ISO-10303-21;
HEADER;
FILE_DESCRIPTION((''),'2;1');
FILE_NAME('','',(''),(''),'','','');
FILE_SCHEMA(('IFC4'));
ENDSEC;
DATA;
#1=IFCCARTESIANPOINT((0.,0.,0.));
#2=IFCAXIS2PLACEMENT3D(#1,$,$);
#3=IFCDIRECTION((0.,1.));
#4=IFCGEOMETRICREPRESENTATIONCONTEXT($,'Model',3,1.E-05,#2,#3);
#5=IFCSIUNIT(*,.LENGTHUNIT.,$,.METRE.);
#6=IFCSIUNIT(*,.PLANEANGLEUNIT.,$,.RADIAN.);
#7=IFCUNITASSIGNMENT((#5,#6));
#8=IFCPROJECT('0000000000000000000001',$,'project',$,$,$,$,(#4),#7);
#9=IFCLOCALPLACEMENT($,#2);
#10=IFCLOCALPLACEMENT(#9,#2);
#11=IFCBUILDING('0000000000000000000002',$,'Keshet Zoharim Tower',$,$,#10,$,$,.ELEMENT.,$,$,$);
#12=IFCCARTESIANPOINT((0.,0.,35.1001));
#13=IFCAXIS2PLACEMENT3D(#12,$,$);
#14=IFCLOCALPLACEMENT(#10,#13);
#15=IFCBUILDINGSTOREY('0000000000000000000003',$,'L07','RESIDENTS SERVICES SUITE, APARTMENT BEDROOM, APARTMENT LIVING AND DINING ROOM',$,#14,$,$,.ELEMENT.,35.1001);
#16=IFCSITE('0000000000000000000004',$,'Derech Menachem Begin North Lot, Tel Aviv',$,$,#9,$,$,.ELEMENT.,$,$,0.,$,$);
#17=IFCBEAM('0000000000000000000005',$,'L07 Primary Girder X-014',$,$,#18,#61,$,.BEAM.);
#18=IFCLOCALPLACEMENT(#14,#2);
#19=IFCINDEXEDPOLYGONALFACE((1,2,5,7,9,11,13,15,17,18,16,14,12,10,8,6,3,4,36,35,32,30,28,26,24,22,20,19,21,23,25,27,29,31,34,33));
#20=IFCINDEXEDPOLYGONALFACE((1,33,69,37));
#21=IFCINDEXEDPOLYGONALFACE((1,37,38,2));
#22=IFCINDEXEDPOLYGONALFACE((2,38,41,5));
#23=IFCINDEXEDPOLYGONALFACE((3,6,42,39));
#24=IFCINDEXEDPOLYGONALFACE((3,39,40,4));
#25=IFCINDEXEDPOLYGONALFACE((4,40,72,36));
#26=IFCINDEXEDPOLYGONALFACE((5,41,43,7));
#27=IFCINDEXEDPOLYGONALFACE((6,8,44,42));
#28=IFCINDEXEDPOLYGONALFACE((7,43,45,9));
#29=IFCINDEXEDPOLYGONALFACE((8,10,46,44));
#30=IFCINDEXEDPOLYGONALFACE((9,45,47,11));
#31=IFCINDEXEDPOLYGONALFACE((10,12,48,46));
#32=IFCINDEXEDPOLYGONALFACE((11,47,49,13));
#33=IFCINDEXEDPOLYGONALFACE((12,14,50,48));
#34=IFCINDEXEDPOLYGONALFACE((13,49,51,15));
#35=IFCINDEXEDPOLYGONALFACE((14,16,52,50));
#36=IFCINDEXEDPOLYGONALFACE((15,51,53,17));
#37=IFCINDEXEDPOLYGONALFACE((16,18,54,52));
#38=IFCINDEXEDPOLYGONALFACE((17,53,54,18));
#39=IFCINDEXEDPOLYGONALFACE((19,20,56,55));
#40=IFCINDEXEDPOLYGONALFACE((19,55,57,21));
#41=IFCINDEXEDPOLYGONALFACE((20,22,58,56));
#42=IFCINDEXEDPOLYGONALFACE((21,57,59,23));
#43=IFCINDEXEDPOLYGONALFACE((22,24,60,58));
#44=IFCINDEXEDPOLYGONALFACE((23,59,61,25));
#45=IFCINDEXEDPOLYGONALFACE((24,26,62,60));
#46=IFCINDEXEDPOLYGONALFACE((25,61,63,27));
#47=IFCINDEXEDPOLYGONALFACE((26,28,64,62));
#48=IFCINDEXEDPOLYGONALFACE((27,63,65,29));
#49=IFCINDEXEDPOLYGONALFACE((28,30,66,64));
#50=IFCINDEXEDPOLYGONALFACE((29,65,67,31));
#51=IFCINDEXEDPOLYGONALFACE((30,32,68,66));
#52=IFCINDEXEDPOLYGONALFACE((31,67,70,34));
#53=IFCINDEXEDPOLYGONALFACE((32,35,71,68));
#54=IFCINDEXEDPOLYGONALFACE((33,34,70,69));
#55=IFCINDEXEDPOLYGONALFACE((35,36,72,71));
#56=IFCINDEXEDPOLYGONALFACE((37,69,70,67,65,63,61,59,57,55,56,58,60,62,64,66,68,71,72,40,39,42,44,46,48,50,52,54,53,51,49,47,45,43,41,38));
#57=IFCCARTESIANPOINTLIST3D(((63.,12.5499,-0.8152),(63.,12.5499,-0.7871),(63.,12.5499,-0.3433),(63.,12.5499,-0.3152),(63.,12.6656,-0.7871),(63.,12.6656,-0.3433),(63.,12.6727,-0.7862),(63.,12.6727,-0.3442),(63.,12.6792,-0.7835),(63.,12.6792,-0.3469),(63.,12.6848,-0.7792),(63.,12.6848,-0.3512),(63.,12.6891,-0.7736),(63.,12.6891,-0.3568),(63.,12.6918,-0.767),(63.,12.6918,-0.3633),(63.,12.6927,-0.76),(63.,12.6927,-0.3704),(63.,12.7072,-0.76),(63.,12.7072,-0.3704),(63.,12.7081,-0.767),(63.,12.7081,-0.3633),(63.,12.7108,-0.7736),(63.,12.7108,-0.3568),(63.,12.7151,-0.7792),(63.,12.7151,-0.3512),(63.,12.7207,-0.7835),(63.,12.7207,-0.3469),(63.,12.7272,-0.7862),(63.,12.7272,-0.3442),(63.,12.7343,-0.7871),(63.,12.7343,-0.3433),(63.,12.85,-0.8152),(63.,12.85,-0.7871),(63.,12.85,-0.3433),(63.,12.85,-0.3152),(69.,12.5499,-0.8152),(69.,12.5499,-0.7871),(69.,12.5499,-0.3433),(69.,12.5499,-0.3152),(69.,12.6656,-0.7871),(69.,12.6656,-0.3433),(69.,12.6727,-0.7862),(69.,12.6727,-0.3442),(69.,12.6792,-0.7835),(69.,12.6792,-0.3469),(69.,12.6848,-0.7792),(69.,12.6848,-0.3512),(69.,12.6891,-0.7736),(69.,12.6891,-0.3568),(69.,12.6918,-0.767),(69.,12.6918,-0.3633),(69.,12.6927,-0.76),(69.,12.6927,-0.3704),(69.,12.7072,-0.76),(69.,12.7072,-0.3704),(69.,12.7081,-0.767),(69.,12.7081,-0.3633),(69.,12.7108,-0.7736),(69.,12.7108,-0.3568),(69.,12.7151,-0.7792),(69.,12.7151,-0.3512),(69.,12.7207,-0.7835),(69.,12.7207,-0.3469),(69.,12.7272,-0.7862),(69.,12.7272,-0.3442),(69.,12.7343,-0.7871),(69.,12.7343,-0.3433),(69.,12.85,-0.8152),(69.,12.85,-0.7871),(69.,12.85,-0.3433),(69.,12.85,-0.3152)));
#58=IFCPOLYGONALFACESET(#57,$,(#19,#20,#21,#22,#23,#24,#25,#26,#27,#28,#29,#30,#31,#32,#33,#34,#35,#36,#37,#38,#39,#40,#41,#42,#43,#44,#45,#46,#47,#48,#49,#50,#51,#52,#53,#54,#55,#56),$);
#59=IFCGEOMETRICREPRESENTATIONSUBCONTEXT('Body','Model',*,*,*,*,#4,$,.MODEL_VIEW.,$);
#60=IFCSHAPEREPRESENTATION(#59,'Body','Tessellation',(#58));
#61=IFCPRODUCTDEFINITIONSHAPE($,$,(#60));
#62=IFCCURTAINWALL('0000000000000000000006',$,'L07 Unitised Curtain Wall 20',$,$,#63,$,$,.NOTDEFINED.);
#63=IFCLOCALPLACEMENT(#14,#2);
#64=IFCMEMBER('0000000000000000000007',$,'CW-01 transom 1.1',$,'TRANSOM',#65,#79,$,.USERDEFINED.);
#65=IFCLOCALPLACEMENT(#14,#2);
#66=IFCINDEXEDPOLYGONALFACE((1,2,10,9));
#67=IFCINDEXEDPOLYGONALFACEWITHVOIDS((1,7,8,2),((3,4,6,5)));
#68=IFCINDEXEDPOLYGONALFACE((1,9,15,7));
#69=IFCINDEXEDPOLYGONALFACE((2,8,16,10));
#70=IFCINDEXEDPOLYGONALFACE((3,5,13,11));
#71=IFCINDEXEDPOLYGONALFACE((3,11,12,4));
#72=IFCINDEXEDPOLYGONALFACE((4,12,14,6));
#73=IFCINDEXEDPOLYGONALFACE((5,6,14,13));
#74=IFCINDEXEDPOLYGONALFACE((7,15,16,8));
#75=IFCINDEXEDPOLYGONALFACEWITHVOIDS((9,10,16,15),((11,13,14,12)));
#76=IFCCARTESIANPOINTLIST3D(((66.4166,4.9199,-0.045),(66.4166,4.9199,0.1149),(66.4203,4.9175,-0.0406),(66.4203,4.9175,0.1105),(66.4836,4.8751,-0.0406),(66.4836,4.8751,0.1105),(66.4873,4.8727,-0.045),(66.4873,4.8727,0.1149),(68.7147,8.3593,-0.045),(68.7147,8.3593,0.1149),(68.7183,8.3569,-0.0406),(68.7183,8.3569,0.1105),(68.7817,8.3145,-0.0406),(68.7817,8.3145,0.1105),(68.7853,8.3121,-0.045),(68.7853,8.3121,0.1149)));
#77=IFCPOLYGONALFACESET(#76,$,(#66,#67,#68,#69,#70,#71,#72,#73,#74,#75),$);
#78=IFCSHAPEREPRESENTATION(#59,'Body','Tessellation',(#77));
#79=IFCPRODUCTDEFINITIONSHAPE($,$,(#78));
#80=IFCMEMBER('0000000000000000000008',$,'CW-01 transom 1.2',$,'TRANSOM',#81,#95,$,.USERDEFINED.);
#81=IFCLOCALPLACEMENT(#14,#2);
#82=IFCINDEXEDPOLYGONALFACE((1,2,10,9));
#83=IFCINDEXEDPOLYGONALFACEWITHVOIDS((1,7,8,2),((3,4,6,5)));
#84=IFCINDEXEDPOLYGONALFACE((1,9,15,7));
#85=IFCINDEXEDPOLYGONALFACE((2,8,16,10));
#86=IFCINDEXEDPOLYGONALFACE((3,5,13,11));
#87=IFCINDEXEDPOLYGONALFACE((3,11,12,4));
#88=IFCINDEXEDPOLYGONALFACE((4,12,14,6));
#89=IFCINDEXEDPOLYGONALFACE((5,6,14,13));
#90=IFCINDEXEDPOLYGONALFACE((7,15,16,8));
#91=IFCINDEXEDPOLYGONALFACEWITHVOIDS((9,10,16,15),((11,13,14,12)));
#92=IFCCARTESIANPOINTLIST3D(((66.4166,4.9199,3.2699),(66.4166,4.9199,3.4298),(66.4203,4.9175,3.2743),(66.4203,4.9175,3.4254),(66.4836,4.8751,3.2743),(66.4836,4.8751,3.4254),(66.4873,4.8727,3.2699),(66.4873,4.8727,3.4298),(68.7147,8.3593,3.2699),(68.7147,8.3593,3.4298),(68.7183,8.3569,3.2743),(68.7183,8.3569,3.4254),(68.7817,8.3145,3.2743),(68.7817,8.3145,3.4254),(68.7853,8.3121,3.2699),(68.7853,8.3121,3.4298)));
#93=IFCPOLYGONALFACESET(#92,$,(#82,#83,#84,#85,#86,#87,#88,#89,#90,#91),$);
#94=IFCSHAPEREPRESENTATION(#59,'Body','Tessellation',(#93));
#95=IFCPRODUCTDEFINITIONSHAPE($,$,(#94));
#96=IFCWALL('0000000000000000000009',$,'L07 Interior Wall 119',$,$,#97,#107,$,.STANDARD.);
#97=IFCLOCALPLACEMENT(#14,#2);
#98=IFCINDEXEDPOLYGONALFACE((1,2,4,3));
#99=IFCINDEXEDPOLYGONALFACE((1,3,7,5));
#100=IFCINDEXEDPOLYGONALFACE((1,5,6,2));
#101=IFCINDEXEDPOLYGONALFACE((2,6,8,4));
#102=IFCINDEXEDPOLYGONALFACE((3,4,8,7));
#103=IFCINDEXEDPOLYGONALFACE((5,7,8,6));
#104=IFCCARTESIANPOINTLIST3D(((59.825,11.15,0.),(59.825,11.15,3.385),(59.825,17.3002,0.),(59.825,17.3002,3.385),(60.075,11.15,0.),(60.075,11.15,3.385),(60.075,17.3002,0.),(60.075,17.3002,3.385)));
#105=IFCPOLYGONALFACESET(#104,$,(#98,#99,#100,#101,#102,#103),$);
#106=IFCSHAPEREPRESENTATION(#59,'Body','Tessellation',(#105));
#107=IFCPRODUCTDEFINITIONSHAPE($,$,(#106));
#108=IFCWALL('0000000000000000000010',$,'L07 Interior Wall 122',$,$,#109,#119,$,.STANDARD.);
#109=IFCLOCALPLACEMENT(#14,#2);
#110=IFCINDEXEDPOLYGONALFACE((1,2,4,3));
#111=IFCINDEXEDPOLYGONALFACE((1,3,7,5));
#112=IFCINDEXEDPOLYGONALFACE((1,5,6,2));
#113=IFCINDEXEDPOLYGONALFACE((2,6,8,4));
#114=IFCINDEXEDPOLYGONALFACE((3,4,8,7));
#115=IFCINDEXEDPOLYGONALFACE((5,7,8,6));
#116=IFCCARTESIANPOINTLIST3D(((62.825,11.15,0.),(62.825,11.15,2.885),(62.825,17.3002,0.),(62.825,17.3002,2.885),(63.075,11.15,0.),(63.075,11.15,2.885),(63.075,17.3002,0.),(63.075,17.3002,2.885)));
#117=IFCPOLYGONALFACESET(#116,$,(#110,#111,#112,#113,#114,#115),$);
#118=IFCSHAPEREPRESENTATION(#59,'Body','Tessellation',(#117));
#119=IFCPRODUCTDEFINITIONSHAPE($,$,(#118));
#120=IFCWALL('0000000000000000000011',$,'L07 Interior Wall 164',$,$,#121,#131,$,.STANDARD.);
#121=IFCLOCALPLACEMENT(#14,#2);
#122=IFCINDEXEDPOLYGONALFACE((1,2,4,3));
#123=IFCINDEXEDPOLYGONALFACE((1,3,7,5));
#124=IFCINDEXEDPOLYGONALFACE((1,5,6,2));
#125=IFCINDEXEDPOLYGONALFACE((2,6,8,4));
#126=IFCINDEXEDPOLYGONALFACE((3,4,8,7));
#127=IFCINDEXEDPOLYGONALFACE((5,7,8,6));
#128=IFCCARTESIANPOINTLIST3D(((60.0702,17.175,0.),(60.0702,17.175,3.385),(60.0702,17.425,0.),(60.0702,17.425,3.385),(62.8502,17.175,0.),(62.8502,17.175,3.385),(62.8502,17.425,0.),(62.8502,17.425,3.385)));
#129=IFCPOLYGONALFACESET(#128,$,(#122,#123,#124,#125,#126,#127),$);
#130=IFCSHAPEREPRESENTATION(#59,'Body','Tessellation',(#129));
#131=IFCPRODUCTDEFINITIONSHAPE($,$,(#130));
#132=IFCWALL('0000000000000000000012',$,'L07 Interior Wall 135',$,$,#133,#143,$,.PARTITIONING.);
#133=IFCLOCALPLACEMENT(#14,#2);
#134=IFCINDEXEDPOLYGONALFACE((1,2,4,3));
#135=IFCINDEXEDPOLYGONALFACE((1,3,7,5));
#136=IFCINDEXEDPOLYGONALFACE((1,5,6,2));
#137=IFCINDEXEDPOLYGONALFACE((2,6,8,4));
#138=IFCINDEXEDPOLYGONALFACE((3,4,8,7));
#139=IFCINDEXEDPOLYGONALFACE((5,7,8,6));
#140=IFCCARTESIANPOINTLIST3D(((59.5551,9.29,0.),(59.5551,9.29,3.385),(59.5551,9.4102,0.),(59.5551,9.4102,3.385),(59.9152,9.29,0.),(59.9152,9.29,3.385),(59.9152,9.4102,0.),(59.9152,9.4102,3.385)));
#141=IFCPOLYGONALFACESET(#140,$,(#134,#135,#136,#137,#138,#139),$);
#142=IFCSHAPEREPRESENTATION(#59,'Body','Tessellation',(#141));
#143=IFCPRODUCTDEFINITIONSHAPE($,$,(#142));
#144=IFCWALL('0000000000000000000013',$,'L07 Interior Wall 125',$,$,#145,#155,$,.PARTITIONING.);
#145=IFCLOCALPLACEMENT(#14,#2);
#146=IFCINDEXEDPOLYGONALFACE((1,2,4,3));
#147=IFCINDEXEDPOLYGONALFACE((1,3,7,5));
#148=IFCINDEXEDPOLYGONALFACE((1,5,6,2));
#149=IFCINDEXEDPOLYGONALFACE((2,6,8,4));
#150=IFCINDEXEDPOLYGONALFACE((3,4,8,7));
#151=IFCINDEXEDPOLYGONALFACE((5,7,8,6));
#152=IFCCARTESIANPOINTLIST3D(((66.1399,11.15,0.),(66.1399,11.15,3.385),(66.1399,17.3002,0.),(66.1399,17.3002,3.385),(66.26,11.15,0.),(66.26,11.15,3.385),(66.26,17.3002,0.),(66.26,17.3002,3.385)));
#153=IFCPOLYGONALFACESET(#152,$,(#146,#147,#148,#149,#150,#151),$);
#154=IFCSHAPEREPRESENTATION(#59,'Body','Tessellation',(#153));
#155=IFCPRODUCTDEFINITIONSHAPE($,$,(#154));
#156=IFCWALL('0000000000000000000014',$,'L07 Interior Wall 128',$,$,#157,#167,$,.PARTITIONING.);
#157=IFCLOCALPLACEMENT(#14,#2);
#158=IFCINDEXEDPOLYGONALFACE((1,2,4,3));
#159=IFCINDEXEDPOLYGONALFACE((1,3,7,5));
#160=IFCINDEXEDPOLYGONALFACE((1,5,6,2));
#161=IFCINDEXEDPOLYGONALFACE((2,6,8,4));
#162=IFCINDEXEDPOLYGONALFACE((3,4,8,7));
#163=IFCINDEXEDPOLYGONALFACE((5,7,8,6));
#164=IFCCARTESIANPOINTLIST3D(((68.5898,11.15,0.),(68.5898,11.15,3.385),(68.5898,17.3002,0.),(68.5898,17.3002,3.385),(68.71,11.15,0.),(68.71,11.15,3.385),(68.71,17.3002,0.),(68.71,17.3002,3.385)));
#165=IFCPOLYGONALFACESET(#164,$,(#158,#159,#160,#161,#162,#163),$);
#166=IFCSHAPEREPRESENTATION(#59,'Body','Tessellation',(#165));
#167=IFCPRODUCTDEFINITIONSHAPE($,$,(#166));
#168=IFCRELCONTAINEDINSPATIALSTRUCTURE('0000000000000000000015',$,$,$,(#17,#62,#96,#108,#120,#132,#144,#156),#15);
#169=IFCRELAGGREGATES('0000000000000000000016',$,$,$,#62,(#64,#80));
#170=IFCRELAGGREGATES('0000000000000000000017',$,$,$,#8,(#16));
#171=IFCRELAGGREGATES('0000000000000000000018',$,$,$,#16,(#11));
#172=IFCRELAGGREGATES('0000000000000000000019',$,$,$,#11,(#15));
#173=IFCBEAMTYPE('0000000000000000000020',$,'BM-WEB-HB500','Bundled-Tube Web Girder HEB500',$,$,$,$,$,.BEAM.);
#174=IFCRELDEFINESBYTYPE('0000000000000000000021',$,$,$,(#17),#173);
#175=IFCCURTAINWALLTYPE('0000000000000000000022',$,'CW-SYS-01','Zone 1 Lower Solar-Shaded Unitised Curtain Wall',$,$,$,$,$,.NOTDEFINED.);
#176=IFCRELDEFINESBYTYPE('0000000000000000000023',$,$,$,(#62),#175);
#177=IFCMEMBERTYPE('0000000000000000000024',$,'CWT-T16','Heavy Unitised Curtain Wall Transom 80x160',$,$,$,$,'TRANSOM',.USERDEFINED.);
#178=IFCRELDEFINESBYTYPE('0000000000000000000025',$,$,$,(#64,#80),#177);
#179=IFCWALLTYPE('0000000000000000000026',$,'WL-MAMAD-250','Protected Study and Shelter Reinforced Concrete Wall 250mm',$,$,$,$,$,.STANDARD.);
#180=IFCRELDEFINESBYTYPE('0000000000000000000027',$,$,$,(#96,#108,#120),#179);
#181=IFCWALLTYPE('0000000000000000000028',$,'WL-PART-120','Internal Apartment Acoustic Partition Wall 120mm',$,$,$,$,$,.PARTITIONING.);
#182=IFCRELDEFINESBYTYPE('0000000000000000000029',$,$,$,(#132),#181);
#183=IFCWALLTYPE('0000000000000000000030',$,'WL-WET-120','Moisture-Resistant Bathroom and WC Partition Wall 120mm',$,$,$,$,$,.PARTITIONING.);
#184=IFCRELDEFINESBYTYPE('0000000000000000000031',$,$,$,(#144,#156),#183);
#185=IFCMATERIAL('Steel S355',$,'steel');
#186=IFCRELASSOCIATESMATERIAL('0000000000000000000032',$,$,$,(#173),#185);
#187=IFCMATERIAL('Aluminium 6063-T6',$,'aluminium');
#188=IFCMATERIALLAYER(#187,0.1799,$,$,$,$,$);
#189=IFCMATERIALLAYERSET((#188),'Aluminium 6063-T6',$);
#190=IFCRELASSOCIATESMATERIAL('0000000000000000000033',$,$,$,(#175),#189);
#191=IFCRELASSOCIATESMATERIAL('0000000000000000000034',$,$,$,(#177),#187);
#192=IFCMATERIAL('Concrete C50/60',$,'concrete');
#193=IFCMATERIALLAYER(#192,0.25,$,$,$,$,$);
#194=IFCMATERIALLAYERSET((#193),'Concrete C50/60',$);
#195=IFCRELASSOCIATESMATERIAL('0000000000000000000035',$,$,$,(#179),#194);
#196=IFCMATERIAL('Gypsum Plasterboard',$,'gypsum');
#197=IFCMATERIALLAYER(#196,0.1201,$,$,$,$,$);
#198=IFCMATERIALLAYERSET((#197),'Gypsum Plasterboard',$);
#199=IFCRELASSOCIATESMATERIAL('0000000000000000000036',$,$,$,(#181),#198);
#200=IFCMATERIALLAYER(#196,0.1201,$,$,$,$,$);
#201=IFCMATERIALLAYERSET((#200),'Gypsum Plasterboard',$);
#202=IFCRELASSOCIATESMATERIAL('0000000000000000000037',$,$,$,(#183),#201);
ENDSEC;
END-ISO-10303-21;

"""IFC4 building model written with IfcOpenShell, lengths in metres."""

from ifc_helpers import new_model, si_unit, direction, frame, frame_2d, origin, origin_2d, place, context, subcontext, project, spatial, rectangle, hollow_rectangle, i_section, extrude, material, layer, layer_set, material_profile, profile_set, type_object, element, aggregate, save


model = new_model("IFC4")

# Units and contexts
model_context = context("Model", 3, precision=1e-05, world=origin(), true_north=direction((0.0, 1.0)))
body_context = subcontext(model_context, "Body", "Model", "MODEL_VIEW")
ifc_project = project(units=[si_unit("LENGTHUNIT", "METRE"), si_unit("PLANEANGLEUNIT", "RADIAN")], contexts=[model_context])

# Site, building, storey
site_placement = place(None, origin())
site = spatial("IfcSite", under=ifc_project, at=site_placement, Name="Derech Menachem Begin North Lot, Tel Aviv", CompositionType="ELEMENT", RefElevation=0.0)
building_placement = place(site_placement, origin())
building = spatial("IfcBuilding", under=site, at=building_placement, Name="Keshet Zoharim Tower", CompositionType="ELEMENT")
storey_placement = place(building_placement, frame((0.0, 0.0, 35.1001)))
storey = spatial("IfcBuildingStorey", under=building, at=storey_placement, Name="L07", Description="RESIDENTS SERVICES SUITE, APARTMENT BEDROOM, APARTMENT LIVING AND DINING ROOM", CompositionType="ELEMENT", Elevation=35.1001)

# Beam
ifc_material_1 = material(Name="Steel S355", Category="steel")
ifc_material_profile_1 = material_profile(ifc_material_1, i_section(OverallWidth=0.3, OverallDepth=0.5, WebThickness=0.0144, FlangeThickness=0.0281, FilletRadius=0.0271, at=origin_2d()), Name="HEB500")
ifc_profile_set_1 = profile_set([ifc_material_profile_1], Name="Steel S355")
beam_type_1 = type_object("IfcBeamType", Name="BM-WEB-HB500", Description="Bundled-Tube Web Girder HEB500", PredefinedType="BEAM", material=ifc_profile_set_1)
for number, where, z_axis, x_axis, name in (
    (1, (63.0, 12.7, -0.5652), (1.0, 0.0, 0.0), (0.0, 1.0, 0.0), "L07 Primary Girder X-014"),
):
    element("IfcBeam", number, at=place(storey_placement, frame(where, z_axis=z_axis, x_axis=x_axis)), inside=storey, type_object=beam_type_1, Name=name, PredefinedType="BEAM", context=body_context, shape_type="SweptSolid", body=[
        extrude(i_section(OverallWidth=0.3, OverallDepth=0.5, WebThickness=0.0144, FlangeThickness=0.0281, FilletRadius=0.0271, at=origin_2d()), origin(), (0.0, 0.0, 1.0), 6.0),
    ])

# Curtain wall, members
ifc_material_2 = material(Name="Aluminium 6063-T6", Category="aluminium")
ifc_layer_1 = layer(ifc_material_2, 0.1799)
ifc_layer_set_1 = layer_set([ifc_layer_1], Name="Aluminium 6063-T6")
curtain_wall_type = type_object("IfcCurtainWallType", Name="CW-SYS-01", Description="Zone 1 Lower Solar-Shaded Unitised Curtain Wall", PredefinedType="NOTDEFINED", material=ifc_layer_set_1)
curtain_wall_placement = place(storey_placement, origin())
curtain_wall = element("IfcCurtainWall", 2, at=curtain_wall_placement, inside=storey, type_object=curtain_wall_type, Name="L07 Unitised Curtain Wall 20", PredefinedType="NOTDEFINED")
ifc_material_profile_2 = material_profile(ifc_material_2, hollow_rectangle(XDim=0.085, YDim=0.1599, WallThickness=0.0044, at=origin_2d()), Name="TRN-85x160")
ifc_profile_set_2 = profile_set([ifc_material_profile_2], Name="Aluminium 6063-T6")
member_type = type_object("IfcMemberType", Name="CWT-T16", Description="Heavy Unitised Curtain Wall Transom 80x160", ElementType="TRANSOM", PredefinedType="USERDEFINED", material=ifc_profile_set_2)
member_1_placement = place(storey_placement, frame((68.75, 8.3357, 0.0349), z_axis=(-0.555558, -0.831478, 0.0), x_axis=(0.831478, -0.555558, 0.0)))
member_1 = element("IfcMember", 3, at=member_1_placement, type_object=member_type, Name="CW-01 transom 1.1", ObjectType="TRANSOM", PredefinedType="USERDEFINED", context=body_context, shape_type="SweptSolid", body=[
    extrude(hollow_rectangle(XDim=0.085, YDim=0.1599, WallThickness=0.0044, at=origin_2d()), origin(), (0.0, 0.0, 1.0), 4.1365),
])
member_2_placement = place(storey_placement, frame((68.75, 8.3357, 3.3499), z_axis=(-0.555558, -0.831478, 0.0), x_axis=(0.831478, -0.555558, 0.0)))
member_2 = element("IfcMember", 4, at=member_2_placement, type_object=member_type, Name="CW-01 transom 1.2", ObjectType="TRANSOM", PredefinedType="USERDEFINED", context=body_context, shape_type="SweptSolid", body=[
    extrude(hollow_rectangle(XDim=0.085, YDim=0.1599, WallThickness=0.0044, at=origin_2d()), origin(), (0.0, 0.0, 1.0), 4.1365),
])
aggregate(curtain_wall, [member_1, member_2])

# Walls
ifc_material_3 = material(Name="Concrete C50/60", Category="concrete")
ifc_layer_2 = layer(ifc_material_3, 0.25)
ifc_layer_set_2 = layer_set([ifc_layer_2], Name="Concrete C50/60")
wall_type_1 = type_object("IfcWallType", Name="WL-MAMAD-250", Description="Protected Study and Shelter Reinforced Concrete Wall 250mm", PredefinedType="STANDARD", material=ifc_layer_set_2)
wall_1_placement = place(storey_placement, frame((59.95, 11.1499, 0.0), z_axis=(0.0, 0.0, 1.0), x_axis=(0.0, 1.0, 0.0)))
element("IfcWall", 5, at=wall_1_placement, inside=storey, type_object=wall_type_1, Name="L07 Interior Wall 119", PredefinedType="STANDARD", context=body_context, shape_type="SweptSolid", body=[
    extrude(rectangle(XDim=6.1501, YDim=0.25, at=frame_2d((3.0752, 0.0))), origin(), (0.0, 0.0, 1.0), 3.385),
])
wall_2_placement = place(storey_placement, frame((62.95, 11.1499, 0.0), z_axis=(0.0, 0.0, 1.0), x_axis=(0.0, 1.0, 0.0)))
element("IfcWall", 6, at=wall_2_placement, inside=storey, type_object=wall_type_1, Name="L07 Interior Wall 122", PredefinedType="STANDARD", context=body_context, shape_type="SweptSolid", body=[
    extrude(rectangle(XDim=6.1501, YDim=0.25, at=frame_2d((3.0752, 0.0))), origin(), (0.0, 0.0, 1.0), 2.885),
])

# Walls
wall_3_placement = place(storey_placement, frame((60.0701, 17.3, 0.0), z_axis=(0.0, 0.0, 1.0), x_axis=(1.0, 0.0, 0.0)))
element("IfcWall", 7, at=wall_3_placement, inside=storey, type_object=wall_type_1, Name="L07 Interior Wall 164", PredefinedType="STANDARD", context=body_context, shape_type="SweptSolid", body=[
    extrude(rectangle(XDim=2.78, YDim=0.25, at=frame_2d((1.3901, 0.0))), origin(), (0.0, 0.0, 1.0), 3.385),
])
ifc_material_4 = material(Name="Gypsum Plasterboard", Category="gypsum")
ifc_layer_3 = layer(ifc_material_4, 0.1201)
ifc_layer_set_3 = layer_set([ifc_layer_3], Name="Gypsum Plasterboard")
wall_type_2 = type_object("IfcWallType", Name="WL-PART-120", Description="Internal Apartment Acoustic Partition Wall 120mm", PredefinedType="PARTITIONING", material=ifc_layer_set_3)
wall_4_placement = place(storey_placement, frame((59.5549, 9.3501, 0.0), z_axis=(0.0, 0.0, 1.0), x_axis=(1.0, 0.0, 0.0)))
element("IfcWall", 8, at=wall_4_placement, inside=storey, type_object=wall_type_2, Name="L07 Interior Wall 135", PredefinedType="PARTITIONING", context=body_context, shape_type="SweptSolid", body=[
    extrude(rectangle(XDim=0.3601, YDim=0.1201, at=frame_2d((0.1802, 0.0))), origin(), (0.0, 0.0, 1.0), 3.385),
])

# Walls
ifc_layer_4 = layer(ifc_material_4, 0.1201)
ifc_layer_set_4 = layer_set([ifc_layer_4], Name="Gypsum Plasterboard")
wall_type_3 = type_object("IfcWallType", Name="WL-WET-120", Description="Moisture-Resistant Bathroom and WC Partition Wall 120mm", PredefinedType="PARTITIONING", material=ifc_layer_set_4)
for number, where, z_axis, x_axis, name in (
    (9, (66.2, 11.1499, 0.0), (0.0, 0.0, 1.0), (0.0, 1.0, 0.0), "L07 Interior Wall 125"),
    (10, (68.6499, 11.1499, 0.0), (0.0, 0.0, 1.0), (0.0, 1.0, 0.0), "L07 Interior Wall 128"),
):
    element("IfcWall", number, at=place(storey_placement, frame(where, z_axis=z_axis, x_axis=x_axis)), inside=storey, type_object=wall_type_3, Name=name, PredefinedType="PARTITIONING", context=body_context, shape_type="SweptSolid", body=[
        extrude(rectangle(XDim=6.1501, YDim=0.1201, at=frame_2d((3.0752, 0.0))), origin(), (0.0, 0.0, 1.0), 3.385),
    ])

save(model, "model.ifc")
